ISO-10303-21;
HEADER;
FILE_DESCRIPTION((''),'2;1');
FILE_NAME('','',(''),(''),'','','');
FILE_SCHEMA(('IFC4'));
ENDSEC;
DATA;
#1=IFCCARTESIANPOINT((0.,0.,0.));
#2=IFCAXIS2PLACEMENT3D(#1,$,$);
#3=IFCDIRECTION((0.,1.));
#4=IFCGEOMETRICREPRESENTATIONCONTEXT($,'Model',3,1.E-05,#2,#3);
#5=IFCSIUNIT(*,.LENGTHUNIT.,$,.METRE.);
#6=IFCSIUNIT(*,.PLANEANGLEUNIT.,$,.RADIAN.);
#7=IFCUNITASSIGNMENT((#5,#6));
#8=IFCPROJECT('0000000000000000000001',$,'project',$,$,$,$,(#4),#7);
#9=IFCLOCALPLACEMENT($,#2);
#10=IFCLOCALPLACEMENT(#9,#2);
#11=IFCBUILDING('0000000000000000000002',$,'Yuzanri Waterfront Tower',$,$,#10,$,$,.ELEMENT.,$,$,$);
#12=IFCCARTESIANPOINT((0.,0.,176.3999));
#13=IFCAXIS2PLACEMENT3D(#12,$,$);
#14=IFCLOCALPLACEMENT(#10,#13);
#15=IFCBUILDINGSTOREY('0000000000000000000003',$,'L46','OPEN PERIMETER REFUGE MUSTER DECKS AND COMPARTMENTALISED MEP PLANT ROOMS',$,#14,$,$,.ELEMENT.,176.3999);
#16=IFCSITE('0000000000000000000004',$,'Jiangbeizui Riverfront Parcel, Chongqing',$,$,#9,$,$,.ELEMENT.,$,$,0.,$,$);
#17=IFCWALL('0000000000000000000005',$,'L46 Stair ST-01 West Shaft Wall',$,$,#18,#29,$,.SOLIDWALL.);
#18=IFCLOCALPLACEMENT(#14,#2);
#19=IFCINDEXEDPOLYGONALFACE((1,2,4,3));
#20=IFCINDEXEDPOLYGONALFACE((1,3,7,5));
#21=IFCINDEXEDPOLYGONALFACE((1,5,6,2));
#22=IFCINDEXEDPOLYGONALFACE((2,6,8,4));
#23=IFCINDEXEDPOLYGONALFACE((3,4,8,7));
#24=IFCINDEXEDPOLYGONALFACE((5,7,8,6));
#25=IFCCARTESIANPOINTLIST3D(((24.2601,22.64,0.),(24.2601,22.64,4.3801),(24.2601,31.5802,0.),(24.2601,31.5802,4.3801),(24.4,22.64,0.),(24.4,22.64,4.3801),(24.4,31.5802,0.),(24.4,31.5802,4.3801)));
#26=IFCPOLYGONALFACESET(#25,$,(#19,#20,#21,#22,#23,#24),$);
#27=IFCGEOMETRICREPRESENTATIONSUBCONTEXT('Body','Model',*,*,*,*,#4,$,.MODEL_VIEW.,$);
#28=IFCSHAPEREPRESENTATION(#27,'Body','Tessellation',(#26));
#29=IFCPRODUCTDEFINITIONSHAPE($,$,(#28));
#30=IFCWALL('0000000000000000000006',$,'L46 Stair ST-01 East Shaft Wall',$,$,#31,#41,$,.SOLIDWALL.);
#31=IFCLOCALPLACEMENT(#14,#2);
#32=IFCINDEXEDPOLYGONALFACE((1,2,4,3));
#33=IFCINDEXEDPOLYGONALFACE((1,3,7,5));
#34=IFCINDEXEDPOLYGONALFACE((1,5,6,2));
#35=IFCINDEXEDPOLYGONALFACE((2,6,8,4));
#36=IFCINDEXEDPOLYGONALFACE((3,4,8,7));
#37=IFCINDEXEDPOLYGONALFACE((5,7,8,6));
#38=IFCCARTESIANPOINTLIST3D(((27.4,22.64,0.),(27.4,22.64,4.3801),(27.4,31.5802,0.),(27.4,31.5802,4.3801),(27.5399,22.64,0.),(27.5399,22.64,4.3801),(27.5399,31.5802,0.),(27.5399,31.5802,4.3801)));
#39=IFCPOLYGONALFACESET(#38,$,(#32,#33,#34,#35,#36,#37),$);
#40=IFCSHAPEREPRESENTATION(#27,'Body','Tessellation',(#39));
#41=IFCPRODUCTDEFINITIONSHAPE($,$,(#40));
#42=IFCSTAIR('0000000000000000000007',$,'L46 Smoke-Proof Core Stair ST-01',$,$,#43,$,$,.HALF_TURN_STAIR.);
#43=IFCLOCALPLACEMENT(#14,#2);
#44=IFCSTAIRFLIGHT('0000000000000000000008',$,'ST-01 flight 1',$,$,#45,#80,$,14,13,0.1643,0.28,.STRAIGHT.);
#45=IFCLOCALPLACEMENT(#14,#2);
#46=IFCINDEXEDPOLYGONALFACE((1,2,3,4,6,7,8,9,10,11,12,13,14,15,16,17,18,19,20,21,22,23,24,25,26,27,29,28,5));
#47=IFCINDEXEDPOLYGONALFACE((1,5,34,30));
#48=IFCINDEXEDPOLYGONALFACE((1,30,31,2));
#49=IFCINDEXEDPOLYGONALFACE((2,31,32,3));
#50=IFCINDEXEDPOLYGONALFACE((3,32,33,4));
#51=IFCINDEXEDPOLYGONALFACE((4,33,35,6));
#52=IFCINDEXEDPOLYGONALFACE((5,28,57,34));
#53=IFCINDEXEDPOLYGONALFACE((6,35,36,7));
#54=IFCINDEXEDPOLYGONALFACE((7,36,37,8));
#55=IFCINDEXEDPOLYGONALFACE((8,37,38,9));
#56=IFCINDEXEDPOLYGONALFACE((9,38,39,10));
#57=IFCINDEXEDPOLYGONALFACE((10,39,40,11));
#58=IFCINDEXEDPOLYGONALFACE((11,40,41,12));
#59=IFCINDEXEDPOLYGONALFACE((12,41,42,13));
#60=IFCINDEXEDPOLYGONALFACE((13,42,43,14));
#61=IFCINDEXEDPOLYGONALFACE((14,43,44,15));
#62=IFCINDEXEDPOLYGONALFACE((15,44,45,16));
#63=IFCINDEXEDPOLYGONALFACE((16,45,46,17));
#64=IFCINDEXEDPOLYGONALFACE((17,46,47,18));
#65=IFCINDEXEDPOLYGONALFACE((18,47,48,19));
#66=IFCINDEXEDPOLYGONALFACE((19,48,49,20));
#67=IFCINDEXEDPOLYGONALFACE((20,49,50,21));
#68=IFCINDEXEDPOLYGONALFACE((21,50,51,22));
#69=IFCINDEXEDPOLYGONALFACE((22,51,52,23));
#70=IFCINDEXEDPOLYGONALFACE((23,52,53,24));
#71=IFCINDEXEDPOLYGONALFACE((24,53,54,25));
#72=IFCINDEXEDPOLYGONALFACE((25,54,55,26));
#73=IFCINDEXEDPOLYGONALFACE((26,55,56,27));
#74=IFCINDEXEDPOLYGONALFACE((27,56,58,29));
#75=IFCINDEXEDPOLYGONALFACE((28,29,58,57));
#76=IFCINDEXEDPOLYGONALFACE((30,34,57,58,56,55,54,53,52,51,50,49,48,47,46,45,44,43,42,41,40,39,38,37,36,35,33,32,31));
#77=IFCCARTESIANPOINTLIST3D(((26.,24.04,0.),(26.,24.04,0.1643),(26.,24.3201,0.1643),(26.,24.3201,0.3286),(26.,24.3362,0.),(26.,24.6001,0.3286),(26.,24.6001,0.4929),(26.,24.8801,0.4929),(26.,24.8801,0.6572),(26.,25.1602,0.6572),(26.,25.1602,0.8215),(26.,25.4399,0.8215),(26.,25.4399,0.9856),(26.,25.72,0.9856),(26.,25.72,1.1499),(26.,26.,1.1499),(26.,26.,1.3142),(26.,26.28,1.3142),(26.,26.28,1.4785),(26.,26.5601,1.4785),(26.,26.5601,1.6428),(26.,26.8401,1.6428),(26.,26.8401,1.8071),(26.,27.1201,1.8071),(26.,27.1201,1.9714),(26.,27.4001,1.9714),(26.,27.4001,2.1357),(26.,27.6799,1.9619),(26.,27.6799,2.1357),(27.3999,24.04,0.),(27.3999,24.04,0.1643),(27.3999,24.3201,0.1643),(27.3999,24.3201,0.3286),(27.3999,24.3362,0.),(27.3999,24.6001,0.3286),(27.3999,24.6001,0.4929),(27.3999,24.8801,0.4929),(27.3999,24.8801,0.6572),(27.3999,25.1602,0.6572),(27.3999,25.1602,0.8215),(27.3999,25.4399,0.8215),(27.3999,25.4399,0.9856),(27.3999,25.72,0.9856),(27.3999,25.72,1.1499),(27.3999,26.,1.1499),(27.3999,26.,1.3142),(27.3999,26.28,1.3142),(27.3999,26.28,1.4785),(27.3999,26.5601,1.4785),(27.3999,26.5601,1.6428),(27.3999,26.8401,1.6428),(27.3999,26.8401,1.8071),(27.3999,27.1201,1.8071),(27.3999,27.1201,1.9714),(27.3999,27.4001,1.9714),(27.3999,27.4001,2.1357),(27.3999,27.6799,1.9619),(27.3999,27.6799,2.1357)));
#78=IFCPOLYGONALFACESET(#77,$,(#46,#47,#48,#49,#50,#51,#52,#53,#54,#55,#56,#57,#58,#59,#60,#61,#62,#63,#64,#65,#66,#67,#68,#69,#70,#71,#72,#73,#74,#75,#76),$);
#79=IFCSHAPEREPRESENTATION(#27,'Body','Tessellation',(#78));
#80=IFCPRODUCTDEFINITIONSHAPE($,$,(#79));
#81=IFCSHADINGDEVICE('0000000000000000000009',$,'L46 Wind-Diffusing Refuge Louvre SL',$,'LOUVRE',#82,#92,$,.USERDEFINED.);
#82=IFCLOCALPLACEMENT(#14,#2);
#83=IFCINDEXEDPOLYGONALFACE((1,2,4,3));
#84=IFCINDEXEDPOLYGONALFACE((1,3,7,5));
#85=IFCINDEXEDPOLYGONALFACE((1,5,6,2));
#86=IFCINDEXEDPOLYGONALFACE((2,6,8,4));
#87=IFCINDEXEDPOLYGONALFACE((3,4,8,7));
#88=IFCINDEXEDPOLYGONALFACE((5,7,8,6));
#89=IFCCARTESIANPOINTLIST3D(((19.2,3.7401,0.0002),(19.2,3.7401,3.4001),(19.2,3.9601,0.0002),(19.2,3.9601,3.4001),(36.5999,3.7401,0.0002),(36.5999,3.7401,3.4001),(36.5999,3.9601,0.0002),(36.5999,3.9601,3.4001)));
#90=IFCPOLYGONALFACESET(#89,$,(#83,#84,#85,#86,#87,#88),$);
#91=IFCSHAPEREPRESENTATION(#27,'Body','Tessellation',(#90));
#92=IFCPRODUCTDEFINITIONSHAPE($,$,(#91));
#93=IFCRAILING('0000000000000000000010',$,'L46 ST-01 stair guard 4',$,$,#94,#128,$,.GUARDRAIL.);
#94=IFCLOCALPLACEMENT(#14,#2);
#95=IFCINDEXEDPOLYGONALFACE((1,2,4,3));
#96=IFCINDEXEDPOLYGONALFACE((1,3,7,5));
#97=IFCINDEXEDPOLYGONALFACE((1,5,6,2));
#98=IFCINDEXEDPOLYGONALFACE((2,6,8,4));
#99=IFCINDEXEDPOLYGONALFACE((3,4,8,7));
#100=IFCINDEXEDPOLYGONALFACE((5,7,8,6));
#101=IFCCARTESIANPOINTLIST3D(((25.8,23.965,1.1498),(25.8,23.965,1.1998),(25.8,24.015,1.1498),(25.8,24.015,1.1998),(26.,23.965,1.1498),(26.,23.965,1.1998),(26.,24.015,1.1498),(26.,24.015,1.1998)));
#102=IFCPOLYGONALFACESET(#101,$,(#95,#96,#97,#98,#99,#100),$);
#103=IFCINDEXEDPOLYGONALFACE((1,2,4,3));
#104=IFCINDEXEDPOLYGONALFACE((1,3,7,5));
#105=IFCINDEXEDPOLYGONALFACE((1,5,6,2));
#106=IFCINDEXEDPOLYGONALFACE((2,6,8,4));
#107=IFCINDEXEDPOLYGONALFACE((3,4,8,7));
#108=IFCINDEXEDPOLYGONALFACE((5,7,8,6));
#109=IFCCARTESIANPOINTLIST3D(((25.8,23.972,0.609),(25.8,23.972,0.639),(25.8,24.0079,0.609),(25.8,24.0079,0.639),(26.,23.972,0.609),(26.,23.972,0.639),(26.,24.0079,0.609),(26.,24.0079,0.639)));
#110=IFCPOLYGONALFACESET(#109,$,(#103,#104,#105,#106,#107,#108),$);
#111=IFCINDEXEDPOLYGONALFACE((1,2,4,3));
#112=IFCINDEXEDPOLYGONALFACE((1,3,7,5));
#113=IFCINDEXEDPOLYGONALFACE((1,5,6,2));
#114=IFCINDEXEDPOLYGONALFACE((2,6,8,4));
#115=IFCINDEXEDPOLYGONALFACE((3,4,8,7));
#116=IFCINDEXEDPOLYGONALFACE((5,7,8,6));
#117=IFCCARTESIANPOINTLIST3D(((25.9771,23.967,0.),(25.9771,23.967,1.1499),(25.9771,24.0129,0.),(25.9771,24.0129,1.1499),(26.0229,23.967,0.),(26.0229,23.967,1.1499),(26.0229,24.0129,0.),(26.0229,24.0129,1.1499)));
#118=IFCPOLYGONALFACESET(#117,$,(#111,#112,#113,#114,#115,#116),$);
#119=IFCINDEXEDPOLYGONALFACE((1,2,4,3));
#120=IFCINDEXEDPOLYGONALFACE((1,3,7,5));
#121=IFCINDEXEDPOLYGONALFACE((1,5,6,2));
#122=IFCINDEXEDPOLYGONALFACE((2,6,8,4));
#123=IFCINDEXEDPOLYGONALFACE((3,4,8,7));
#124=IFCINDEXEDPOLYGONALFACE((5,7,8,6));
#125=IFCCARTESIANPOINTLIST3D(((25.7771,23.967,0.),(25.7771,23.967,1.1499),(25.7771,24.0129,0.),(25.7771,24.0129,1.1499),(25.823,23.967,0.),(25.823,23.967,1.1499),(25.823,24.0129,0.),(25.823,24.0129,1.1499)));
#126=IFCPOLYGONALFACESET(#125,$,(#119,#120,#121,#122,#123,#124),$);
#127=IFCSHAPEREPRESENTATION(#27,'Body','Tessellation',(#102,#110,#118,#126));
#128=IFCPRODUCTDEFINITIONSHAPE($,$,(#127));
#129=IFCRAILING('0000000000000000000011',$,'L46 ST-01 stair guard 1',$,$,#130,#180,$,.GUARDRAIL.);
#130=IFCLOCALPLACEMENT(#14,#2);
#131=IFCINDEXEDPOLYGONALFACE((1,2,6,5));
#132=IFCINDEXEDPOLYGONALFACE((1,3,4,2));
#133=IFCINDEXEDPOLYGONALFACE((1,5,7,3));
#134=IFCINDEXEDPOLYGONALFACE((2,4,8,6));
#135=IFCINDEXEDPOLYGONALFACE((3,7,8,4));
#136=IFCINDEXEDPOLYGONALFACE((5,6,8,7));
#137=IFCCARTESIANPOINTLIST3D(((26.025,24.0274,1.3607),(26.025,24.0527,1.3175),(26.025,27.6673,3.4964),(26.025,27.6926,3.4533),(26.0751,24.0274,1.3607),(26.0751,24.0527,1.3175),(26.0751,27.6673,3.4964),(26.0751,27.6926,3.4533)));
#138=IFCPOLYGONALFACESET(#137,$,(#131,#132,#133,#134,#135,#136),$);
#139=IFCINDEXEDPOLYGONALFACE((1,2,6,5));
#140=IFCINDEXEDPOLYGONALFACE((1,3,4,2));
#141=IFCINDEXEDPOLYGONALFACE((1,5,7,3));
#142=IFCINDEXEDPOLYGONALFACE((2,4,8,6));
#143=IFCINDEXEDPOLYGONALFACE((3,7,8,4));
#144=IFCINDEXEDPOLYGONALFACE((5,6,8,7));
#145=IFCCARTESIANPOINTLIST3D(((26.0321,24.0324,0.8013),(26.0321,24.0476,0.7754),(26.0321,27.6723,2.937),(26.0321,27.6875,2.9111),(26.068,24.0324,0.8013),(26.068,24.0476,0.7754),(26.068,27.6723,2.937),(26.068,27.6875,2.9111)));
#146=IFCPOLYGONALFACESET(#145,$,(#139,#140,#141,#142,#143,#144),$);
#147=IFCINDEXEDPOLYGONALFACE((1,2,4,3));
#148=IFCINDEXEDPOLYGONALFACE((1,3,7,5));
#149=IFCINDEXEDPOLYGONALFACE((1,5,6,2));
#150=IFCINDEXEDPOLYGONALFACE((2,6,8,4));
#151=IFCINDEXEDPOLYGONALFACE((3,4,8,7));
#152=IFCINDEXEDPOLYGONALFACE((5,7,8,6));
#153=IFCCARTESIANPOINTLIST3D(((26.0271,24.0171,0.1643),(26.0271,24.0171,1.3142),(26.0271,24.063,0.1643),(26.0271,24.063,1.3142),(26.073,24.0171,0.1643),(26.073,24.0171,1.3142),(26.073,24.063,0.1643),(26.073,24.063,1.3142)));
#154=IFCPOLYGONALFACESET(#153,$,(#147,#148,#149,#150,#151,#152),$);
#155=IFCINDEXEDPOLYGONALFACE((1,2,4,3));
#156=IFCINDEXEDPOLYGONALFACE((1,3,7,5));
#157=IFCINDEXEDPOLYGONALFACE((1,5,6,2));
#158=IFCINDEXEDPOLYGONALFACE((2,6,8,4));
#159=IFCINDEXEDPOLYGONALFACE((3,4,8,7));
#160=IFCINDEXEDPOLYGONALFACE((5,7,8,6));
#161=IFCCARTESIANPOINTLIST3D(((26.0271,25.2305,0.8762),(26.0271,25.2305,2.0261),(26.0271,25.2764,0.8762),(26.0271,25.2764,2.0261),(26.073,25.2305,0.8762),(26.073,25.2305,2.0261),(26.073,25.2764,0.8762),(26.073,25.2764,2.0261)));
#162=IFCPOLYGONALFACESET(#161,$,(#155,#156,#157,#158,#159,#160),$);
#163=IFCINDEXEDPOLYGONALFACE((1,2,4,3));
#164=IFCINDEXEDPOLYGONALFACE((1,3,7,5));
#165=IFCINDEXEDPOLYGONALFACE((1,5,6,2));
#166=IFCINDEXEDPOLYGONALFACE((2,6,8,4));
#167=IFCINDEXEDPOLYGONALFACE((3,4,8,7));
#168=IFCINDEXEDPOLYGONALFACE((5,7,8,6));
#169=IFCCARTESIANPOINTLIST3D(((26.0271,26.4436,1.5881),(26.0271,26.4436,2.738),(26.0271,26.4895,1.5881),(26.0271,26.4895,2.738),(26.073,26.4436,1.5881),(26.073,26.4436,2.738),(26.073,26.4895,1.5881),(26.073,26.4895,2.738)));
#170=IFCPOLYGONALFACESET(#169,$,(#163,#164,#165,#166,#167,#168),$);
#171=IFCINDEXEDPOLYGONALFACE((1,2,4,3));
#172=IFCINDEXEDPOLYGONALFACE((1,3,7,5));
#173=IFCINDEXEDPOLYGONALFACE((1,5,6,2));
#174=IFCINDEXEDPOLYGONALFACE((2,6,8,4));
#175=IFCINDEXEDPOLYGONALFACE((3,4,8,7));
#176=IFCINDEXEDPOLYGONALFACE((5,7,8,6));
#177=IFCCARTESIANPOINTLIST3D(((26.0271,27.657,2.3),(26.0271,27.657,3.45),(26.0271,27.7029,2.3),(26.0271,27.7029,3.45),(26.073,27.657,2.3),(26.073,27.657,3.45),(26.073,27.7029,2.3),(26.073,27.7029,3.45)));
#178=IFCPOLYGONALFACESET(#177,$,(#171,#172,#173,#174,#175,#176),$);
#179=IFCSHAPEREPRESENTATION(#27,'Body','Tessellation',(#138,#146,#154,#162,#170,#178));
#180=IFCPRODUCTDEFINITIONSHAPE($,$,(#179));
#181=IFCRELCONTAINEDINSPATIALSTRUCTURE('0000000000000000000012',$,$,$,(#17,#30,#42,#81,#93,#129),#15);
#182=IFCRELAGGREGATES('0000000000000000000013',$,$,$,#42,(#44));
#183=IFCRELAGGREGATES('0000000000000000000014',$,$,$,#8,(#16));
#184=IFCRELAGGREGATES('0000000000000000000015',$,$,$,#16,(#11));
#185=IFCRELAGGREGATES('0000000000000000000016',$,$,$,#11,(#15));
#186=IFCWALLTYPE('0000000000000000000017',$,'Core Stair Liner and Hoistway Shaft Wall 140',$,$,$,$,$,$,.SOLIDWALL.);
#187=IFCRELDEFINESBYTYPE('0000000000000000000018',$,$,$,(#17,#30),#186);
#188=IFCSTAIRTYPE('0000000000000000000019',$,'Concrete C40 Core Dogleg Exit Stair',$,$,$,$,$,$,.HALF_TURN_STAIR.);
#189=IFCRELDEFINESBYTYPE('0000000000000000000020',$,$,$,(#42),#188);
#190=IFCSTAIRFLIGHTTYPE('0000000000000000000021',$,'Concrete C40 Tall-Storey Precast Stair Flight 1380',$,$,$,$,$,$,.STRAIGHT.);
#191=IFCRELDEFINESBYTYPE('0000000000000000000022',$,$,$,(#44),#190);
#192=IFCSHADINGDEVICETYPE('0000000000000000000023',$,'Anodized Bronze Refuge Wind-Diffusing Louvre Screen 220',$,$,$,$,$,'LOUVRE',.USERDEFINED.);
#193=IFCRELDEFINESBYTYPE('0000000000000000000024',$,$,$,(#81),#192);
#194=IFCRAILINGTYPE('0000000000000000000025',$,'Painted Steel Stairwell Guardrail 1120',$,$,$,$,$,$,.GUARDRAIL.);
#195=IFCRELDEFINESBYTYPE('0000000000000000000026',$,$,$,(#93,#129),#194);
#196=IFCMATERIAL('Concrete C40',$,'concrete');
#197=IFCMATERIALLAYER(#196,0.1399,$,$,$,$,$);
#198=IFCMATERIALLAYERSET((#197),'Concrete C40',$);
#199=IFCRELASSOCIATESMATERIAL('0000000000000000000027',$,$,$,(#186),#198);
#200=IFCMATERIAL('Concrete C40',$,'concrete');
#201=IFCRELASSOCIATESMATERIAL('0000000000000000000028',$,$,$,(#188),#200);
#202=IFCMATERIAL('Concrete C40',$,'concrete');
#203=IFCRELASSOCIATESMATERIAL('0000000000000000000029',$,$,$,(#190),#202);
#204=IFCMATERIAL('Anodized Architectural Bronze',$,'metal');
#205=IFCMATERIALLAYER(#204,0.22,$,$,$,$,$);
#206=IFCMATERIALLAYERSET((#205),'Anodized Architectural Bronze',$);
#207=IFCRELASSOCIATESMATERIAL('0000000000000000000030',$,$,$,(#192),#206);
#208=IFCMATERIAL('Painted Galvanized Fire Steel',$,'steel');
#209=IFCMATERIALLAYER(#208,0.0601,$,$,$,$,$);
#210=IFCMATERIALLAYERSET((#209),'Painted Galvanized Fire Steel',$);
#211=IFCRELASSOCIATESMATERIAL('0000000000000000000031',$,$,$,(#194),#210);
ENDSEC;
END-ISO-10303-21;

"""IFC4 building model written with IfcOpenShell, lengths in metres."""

from ifc_helpers import new_model, si_unit, direction, frame, frame_2d, origin, origin_2d, place, context, subcontext, project, spatial, polyline, rectangle, outline, extrude, source, transform, mapped, material, layer, layer_set, type_object, element, aggregate, save


model = new_model("IFC4")

# Units and contexts
model_context = context("Model", 3, precision=1e-05, world=origin(), true_north=direction((0.0, 1.0)))
body_context = subcontext(model_context, "Body", "Model", "MODEL_VIEW")
ifc_project = project(units=[si_unit("LENGTHUNIT", "METRE"), si_unit("PLANEANGLEUNIT", "RADIAN")], contexts=[model_context])

# Site, building, storey
site_placement = place(None, origin())
site = spatial("IfcSite", under=ifc_project, at=site_placement, Name="Jiangbeizui Riverfront Parcel, Chongqing", CompositionType="ELEMENT", RefElevation=0.0)
building_placement = place(site_placement, origin())
building = spatial("IfcBuilding", under=site, at=building_placement, Name="Yuzanri Waterfront Tower", CompositionType="ELEMENT")
storey_placement = place(building_placement, frame((0.0, 0.0, 176.3999)))
storey = spatial("IfcBuildingStorey", under=building, at=storey_placement, Name="L46", Description="OPEN PERIMETER REFUGE MUSTER DECKS AND COMPARTMENTALISED MEP PLANT ROOMS", CompositionType="ELEMENT", Elevation=176.3999)

# Shared definitions
ifc_material_1 = material(Name="Concrete C40", Category="concrete")
ifc_layer_1 = layer(ifc_material_1, 0.1399)
ifc_layer_set_1 = layer_set([ifc_layer_1], Name="Concrete C40")
wall_type_1 = type_object("IfcWallType", Name="Core Stair Liner and Hoistway Shaft Wall 140", PredefinedType="SOLIDWALL", material=ifc_layer_set_1)

# Walls
shared_shape_1 = source(origin(), body_context, "Body", "SweptSolid", [
    extrude(rectangle(XDim=8.9402, YDim=0.1399, at=frame_2d((4.4702, 0.0))), origin(), (0.0, 0.0, 1.0), 4.3801),
])
for number, where, z_axis, x_axis, name in (
    (1, (24.3301, 22.6399, 0.0), (0.0, 0.0, 1.0), (0.0, 1.0, 0.0), "L46 Stair ST-01 West Shaft Wall"),
    (2, (27.47, 22.6399, 0.0), (0.0, 0.0, 1.0), (0.0, 1.0, 0.0), "L46 Stair ST-01 East Shaft Wall"),
):
    element("IfcWall", number, at=place(storey_placement, frame(where, z_axis=z_axis, x_axis=x_axis)), inside=storey, type_object=wall_type_1, Name=name, PredefinedType="SOLIDWALL", context=body_context, shape_type="MappedRepresentation", body=[
        mapped(shared_shape_1, transform((0.0, 0.0, 0.0), scale=1.0)),
    ])

# Stair, stair flight
ifc_material_2 = material(Name="Concrete C40", Category="concrete")
stair_type = type_object("IfcStairType", Name="Concrete C40 Core Dogleg Exit Stair", PredefinedType="HALF_TURN_STAIR", material=ifc_material_2)
stair_placement = place(storey_placement, origin())
stair = element("IfcStair", 3, at=stair_placement, inside=storey, type_object=stair_type, Name="L46 Smoke-Proof Core Stair ST-01", PredefinedType="HALF_TURN_STAIR")
ifc_material_3 = material(Name="Concrete C40", Category="concrete")
stair_flight_type = type_object("IfcStairFlightType", Name="Concrete C40 Tall-Storey Precast Stair Flight 1380", PredefinedType="STRAIGHT", material=ifc_material_3)
shared_shape_2 = source(origin(), body_context, "Body", "SweptSolid", [
    extrude(outline(polyline([(0.0, 0.0), (0.0, 0.1643), (0.28, 0.1643), (0.28, 0.3286), (0.5601, 0.3286), (0.5601, 0.4929), (0.8401, 0.4929), (0.8401, 0.6572), (1.1201, 0.6572), (1.1201, 0.8215), (1.3999, 0.8215), (1.3999, 0.9856), (1.6799, 0.9856), (1.6799, 1.1499), (1.96, 1.1499), (1.96, 1.3142), (2.24, 1.3142), (2.24, 1.4785), (2.52, 1.4785), (2.52, 1.6428), (2.8, 1.6428), (2.8, 1.8071), (3.0801, 1.8071), (3.0801, 1.9714), (3.3601, 1.9714), (3.3601, 2.1357), (3.6399, 2.1357), (3.6399, 2.3), (3.6399, 1.9619), (0.2961, 0.0), (0.0, 0.0)])), frame((0.0, 0.7, 0.0), z_axis=(0.0, -1.0, 0.0), x_axis=(1.0, 0.0, 0.0)), (0.0, 0.0, 1.0), 1.3999),
])
stair_flight_placement = place(storey_placement, frame((26.7, 24.04, 0.0), z_axis=(0.0, 0.0, 1.0), x_axis=(0.0, 1.0, 0.0)))
stair_flight = element("IfcStairFlight", 4, at=stair_flight_placement, type_object=stair_flight_type, Name="ST-01 flight 1", NumberOfRisers=14, NumberOfTreads=13, PredefinedType="STRAIGHT", RiserHeight=0.1643, TreadLength=0.28, context=body_context, shape_type="MappedRepresentation", body=[
    mapped(shared_shape_2, transform((0.0, 0.0, 0.0), scale=1.0)),
])
aggregate(stair, [stair_flight])

# Shading device
ifc_material_4 = material(Name="Anodized Architectural Bronze", Category="metal")
ifc_layer_2 = layer(ifc_material_4, 0.22)
ifc_layer_set_2 = layer_set([ifc_layer_2], Name="Anodized Architectural Bronze")
shading_device_type = type_object("IfcShadingDeviceType", Name="Anodized Bronze Refuge Wind-Diffusing Louvre Screen 220", ElementType="LOUVRE", PredefinedType="USERDEFINED", material=ifc_layer_set_2)
shared_shape_3 = source(origin(), body_context, "Body", "SweptSolid", [
    extrude(rectangle(XDim=17.3999, YDim=0.22, at=origin_2d()), origin(), (0.0, 0.0, 1.0), 3.3999),
])
shading_device_placement = place(storey_placement, frame((27.8999, 3.8501, 0.0002), z_axis=(0.0, 0.0, 1.0), x_axis=(1.0, 0.0, 0.0)))
element("IfcShadingDevice", 5, at=shading_device_placement, inside=storey, type_object=shading_device_type, Name="L46 Wind-Diffusing Refuge Louvre SL", ObjectType="LOUVRE", PredefinedType="USERDEFINED", context=body_context, shape_type="MappedRepresentation", body=[
    mapped(shared_shape_3, transform((0.0, 0.0, 0.0), scale=1.0)),
])

# Railings
ifc_material_5 = material(Name="Painted Galvanized Fire Steel", Category="steel")
ifc_layer_3 = layer(ifc_material_5, 0.0601)
ifc_layer_set_3 = layer_set([ifc_layer_3], Name="Painted Galvanized Fire Steel")
railing_type_1 = type_object("IfcRailingType", Name="Painted Steel Stairwell Guardrail 1120", PredefinedType="GUARDRAIL", material=ifc_layer_set_3)
shared_shape_4 = source(origin(), body_context, "Body", "SweptSolid", [
    extrude(rectangle(XDim=0.05, YDim=0.05, at=origin_2d()), frame((0.0, 0.0, 1.1748), z_axis=(-1.0, 0.0, 0.0), x_axis=(0.0, -1.0, 0.0)), (0.0, 0.0, 1.0), 0.2),
    extrude(rectangle(XDim=0.0359, YDim=0.03, at=origin_2d()), frame((0.0, 0.0, 0.624), z_axis=(-1.0, 0.0, 0.0), x_axis=(0.0, -1.0, 0.0)), (0.0, 0.0, 1.0), 0.2),
    extrude(rectangle(XDim=0.0459, YDim=0.0459, at=origin_2d()), origin(), (0.0, 0.0, 1.0), 1.1499),
    extrude(rectangle(XDim=0.0459, YDim=0.0459, at=origin_2d()), frame((-0.2, 0.0, 0.0)), (0.0, 0.0, 1.0), 1.1499),
])
railing_1_placement = place(storey_placement, frame((26.0, 23.99, 0.0)))
element("IfcRailing", 6, at=railing_1_placement, inside=storey, type_object=railing_type_1, Name="L46 ST-01 stair guard 4", PredefinedType="GUARDRAIL", context=body_context, shape_type="MappedRepresentation", body=[
    mapped(shared_shape_4, transform((0.0, 0.0, 0.0), scale=1.0)),
])
shared_shape_5 = source(origin(), body_context, "Body", "SweptSolid", [
    extrude(rectangle(XDim=0.05, YDim=0.05, at=origin_2d()), frame((0.0, 0.0, 1.1748), z_axis=(0.0, 0.86249, 0.506074), x_axis=(-1.0, 0.0, 0.0)), (0.0, 0.0, 1.0), 4.2202),
    extrude(rectangle(XDim=0.0359, YDim=0.03, at=origin_2d()), frame((0.0, 0.0, 0.624), z_axis=(0.0, 0.86249, 0.506074), x_axis=(-1.0, 0.0, 0.0)), (0.0, 0.0, 1.0), 4.2202),
    extrude(rectangle(XDim=0.0459, YDim=0.0459, at=origin_2d()), origin(), (0.0, 0.0, 1.0), 1.1499),
    extrude(rectangle(XDim=0.0459, YDim=0.0459, at=origin_2d()), frame((0.0, 1.2134, 0.7119)), (0.0, 0.0, 1.0), 1.1499),
    extrude(rectangle(XDim=0.0459, YDim=0.0459, at=origin_2d()), frame((0.0, 2.4265, 1.4238)), (0.0, 0.0, 1.0), 1.1499),
    extrude(rectangle(XDim=0.0459, YDim=0.0459, at=origin_2d()), frame((0.0, 3.6399, 2.1357)), (0.0, 0.0, 1.0), 1.1499),
])
railing_2_placement = place(storey_placement, frame((26.05, 24.04, 0.1643)))
element("IfcRailing", 7, at=railing_2_placement, inside=storey, type_object=railing_type_1, Name="L46 ST-01 stair guard 1", PredefinedType="GUARDRAIL", context=body_context, shape_type="MappedRepresentation", body=[
    mapped(shared_shape_5, transform((0.0, 0.0, 0.0), scale=1.0)),
])

save(model, "model.ifc")
